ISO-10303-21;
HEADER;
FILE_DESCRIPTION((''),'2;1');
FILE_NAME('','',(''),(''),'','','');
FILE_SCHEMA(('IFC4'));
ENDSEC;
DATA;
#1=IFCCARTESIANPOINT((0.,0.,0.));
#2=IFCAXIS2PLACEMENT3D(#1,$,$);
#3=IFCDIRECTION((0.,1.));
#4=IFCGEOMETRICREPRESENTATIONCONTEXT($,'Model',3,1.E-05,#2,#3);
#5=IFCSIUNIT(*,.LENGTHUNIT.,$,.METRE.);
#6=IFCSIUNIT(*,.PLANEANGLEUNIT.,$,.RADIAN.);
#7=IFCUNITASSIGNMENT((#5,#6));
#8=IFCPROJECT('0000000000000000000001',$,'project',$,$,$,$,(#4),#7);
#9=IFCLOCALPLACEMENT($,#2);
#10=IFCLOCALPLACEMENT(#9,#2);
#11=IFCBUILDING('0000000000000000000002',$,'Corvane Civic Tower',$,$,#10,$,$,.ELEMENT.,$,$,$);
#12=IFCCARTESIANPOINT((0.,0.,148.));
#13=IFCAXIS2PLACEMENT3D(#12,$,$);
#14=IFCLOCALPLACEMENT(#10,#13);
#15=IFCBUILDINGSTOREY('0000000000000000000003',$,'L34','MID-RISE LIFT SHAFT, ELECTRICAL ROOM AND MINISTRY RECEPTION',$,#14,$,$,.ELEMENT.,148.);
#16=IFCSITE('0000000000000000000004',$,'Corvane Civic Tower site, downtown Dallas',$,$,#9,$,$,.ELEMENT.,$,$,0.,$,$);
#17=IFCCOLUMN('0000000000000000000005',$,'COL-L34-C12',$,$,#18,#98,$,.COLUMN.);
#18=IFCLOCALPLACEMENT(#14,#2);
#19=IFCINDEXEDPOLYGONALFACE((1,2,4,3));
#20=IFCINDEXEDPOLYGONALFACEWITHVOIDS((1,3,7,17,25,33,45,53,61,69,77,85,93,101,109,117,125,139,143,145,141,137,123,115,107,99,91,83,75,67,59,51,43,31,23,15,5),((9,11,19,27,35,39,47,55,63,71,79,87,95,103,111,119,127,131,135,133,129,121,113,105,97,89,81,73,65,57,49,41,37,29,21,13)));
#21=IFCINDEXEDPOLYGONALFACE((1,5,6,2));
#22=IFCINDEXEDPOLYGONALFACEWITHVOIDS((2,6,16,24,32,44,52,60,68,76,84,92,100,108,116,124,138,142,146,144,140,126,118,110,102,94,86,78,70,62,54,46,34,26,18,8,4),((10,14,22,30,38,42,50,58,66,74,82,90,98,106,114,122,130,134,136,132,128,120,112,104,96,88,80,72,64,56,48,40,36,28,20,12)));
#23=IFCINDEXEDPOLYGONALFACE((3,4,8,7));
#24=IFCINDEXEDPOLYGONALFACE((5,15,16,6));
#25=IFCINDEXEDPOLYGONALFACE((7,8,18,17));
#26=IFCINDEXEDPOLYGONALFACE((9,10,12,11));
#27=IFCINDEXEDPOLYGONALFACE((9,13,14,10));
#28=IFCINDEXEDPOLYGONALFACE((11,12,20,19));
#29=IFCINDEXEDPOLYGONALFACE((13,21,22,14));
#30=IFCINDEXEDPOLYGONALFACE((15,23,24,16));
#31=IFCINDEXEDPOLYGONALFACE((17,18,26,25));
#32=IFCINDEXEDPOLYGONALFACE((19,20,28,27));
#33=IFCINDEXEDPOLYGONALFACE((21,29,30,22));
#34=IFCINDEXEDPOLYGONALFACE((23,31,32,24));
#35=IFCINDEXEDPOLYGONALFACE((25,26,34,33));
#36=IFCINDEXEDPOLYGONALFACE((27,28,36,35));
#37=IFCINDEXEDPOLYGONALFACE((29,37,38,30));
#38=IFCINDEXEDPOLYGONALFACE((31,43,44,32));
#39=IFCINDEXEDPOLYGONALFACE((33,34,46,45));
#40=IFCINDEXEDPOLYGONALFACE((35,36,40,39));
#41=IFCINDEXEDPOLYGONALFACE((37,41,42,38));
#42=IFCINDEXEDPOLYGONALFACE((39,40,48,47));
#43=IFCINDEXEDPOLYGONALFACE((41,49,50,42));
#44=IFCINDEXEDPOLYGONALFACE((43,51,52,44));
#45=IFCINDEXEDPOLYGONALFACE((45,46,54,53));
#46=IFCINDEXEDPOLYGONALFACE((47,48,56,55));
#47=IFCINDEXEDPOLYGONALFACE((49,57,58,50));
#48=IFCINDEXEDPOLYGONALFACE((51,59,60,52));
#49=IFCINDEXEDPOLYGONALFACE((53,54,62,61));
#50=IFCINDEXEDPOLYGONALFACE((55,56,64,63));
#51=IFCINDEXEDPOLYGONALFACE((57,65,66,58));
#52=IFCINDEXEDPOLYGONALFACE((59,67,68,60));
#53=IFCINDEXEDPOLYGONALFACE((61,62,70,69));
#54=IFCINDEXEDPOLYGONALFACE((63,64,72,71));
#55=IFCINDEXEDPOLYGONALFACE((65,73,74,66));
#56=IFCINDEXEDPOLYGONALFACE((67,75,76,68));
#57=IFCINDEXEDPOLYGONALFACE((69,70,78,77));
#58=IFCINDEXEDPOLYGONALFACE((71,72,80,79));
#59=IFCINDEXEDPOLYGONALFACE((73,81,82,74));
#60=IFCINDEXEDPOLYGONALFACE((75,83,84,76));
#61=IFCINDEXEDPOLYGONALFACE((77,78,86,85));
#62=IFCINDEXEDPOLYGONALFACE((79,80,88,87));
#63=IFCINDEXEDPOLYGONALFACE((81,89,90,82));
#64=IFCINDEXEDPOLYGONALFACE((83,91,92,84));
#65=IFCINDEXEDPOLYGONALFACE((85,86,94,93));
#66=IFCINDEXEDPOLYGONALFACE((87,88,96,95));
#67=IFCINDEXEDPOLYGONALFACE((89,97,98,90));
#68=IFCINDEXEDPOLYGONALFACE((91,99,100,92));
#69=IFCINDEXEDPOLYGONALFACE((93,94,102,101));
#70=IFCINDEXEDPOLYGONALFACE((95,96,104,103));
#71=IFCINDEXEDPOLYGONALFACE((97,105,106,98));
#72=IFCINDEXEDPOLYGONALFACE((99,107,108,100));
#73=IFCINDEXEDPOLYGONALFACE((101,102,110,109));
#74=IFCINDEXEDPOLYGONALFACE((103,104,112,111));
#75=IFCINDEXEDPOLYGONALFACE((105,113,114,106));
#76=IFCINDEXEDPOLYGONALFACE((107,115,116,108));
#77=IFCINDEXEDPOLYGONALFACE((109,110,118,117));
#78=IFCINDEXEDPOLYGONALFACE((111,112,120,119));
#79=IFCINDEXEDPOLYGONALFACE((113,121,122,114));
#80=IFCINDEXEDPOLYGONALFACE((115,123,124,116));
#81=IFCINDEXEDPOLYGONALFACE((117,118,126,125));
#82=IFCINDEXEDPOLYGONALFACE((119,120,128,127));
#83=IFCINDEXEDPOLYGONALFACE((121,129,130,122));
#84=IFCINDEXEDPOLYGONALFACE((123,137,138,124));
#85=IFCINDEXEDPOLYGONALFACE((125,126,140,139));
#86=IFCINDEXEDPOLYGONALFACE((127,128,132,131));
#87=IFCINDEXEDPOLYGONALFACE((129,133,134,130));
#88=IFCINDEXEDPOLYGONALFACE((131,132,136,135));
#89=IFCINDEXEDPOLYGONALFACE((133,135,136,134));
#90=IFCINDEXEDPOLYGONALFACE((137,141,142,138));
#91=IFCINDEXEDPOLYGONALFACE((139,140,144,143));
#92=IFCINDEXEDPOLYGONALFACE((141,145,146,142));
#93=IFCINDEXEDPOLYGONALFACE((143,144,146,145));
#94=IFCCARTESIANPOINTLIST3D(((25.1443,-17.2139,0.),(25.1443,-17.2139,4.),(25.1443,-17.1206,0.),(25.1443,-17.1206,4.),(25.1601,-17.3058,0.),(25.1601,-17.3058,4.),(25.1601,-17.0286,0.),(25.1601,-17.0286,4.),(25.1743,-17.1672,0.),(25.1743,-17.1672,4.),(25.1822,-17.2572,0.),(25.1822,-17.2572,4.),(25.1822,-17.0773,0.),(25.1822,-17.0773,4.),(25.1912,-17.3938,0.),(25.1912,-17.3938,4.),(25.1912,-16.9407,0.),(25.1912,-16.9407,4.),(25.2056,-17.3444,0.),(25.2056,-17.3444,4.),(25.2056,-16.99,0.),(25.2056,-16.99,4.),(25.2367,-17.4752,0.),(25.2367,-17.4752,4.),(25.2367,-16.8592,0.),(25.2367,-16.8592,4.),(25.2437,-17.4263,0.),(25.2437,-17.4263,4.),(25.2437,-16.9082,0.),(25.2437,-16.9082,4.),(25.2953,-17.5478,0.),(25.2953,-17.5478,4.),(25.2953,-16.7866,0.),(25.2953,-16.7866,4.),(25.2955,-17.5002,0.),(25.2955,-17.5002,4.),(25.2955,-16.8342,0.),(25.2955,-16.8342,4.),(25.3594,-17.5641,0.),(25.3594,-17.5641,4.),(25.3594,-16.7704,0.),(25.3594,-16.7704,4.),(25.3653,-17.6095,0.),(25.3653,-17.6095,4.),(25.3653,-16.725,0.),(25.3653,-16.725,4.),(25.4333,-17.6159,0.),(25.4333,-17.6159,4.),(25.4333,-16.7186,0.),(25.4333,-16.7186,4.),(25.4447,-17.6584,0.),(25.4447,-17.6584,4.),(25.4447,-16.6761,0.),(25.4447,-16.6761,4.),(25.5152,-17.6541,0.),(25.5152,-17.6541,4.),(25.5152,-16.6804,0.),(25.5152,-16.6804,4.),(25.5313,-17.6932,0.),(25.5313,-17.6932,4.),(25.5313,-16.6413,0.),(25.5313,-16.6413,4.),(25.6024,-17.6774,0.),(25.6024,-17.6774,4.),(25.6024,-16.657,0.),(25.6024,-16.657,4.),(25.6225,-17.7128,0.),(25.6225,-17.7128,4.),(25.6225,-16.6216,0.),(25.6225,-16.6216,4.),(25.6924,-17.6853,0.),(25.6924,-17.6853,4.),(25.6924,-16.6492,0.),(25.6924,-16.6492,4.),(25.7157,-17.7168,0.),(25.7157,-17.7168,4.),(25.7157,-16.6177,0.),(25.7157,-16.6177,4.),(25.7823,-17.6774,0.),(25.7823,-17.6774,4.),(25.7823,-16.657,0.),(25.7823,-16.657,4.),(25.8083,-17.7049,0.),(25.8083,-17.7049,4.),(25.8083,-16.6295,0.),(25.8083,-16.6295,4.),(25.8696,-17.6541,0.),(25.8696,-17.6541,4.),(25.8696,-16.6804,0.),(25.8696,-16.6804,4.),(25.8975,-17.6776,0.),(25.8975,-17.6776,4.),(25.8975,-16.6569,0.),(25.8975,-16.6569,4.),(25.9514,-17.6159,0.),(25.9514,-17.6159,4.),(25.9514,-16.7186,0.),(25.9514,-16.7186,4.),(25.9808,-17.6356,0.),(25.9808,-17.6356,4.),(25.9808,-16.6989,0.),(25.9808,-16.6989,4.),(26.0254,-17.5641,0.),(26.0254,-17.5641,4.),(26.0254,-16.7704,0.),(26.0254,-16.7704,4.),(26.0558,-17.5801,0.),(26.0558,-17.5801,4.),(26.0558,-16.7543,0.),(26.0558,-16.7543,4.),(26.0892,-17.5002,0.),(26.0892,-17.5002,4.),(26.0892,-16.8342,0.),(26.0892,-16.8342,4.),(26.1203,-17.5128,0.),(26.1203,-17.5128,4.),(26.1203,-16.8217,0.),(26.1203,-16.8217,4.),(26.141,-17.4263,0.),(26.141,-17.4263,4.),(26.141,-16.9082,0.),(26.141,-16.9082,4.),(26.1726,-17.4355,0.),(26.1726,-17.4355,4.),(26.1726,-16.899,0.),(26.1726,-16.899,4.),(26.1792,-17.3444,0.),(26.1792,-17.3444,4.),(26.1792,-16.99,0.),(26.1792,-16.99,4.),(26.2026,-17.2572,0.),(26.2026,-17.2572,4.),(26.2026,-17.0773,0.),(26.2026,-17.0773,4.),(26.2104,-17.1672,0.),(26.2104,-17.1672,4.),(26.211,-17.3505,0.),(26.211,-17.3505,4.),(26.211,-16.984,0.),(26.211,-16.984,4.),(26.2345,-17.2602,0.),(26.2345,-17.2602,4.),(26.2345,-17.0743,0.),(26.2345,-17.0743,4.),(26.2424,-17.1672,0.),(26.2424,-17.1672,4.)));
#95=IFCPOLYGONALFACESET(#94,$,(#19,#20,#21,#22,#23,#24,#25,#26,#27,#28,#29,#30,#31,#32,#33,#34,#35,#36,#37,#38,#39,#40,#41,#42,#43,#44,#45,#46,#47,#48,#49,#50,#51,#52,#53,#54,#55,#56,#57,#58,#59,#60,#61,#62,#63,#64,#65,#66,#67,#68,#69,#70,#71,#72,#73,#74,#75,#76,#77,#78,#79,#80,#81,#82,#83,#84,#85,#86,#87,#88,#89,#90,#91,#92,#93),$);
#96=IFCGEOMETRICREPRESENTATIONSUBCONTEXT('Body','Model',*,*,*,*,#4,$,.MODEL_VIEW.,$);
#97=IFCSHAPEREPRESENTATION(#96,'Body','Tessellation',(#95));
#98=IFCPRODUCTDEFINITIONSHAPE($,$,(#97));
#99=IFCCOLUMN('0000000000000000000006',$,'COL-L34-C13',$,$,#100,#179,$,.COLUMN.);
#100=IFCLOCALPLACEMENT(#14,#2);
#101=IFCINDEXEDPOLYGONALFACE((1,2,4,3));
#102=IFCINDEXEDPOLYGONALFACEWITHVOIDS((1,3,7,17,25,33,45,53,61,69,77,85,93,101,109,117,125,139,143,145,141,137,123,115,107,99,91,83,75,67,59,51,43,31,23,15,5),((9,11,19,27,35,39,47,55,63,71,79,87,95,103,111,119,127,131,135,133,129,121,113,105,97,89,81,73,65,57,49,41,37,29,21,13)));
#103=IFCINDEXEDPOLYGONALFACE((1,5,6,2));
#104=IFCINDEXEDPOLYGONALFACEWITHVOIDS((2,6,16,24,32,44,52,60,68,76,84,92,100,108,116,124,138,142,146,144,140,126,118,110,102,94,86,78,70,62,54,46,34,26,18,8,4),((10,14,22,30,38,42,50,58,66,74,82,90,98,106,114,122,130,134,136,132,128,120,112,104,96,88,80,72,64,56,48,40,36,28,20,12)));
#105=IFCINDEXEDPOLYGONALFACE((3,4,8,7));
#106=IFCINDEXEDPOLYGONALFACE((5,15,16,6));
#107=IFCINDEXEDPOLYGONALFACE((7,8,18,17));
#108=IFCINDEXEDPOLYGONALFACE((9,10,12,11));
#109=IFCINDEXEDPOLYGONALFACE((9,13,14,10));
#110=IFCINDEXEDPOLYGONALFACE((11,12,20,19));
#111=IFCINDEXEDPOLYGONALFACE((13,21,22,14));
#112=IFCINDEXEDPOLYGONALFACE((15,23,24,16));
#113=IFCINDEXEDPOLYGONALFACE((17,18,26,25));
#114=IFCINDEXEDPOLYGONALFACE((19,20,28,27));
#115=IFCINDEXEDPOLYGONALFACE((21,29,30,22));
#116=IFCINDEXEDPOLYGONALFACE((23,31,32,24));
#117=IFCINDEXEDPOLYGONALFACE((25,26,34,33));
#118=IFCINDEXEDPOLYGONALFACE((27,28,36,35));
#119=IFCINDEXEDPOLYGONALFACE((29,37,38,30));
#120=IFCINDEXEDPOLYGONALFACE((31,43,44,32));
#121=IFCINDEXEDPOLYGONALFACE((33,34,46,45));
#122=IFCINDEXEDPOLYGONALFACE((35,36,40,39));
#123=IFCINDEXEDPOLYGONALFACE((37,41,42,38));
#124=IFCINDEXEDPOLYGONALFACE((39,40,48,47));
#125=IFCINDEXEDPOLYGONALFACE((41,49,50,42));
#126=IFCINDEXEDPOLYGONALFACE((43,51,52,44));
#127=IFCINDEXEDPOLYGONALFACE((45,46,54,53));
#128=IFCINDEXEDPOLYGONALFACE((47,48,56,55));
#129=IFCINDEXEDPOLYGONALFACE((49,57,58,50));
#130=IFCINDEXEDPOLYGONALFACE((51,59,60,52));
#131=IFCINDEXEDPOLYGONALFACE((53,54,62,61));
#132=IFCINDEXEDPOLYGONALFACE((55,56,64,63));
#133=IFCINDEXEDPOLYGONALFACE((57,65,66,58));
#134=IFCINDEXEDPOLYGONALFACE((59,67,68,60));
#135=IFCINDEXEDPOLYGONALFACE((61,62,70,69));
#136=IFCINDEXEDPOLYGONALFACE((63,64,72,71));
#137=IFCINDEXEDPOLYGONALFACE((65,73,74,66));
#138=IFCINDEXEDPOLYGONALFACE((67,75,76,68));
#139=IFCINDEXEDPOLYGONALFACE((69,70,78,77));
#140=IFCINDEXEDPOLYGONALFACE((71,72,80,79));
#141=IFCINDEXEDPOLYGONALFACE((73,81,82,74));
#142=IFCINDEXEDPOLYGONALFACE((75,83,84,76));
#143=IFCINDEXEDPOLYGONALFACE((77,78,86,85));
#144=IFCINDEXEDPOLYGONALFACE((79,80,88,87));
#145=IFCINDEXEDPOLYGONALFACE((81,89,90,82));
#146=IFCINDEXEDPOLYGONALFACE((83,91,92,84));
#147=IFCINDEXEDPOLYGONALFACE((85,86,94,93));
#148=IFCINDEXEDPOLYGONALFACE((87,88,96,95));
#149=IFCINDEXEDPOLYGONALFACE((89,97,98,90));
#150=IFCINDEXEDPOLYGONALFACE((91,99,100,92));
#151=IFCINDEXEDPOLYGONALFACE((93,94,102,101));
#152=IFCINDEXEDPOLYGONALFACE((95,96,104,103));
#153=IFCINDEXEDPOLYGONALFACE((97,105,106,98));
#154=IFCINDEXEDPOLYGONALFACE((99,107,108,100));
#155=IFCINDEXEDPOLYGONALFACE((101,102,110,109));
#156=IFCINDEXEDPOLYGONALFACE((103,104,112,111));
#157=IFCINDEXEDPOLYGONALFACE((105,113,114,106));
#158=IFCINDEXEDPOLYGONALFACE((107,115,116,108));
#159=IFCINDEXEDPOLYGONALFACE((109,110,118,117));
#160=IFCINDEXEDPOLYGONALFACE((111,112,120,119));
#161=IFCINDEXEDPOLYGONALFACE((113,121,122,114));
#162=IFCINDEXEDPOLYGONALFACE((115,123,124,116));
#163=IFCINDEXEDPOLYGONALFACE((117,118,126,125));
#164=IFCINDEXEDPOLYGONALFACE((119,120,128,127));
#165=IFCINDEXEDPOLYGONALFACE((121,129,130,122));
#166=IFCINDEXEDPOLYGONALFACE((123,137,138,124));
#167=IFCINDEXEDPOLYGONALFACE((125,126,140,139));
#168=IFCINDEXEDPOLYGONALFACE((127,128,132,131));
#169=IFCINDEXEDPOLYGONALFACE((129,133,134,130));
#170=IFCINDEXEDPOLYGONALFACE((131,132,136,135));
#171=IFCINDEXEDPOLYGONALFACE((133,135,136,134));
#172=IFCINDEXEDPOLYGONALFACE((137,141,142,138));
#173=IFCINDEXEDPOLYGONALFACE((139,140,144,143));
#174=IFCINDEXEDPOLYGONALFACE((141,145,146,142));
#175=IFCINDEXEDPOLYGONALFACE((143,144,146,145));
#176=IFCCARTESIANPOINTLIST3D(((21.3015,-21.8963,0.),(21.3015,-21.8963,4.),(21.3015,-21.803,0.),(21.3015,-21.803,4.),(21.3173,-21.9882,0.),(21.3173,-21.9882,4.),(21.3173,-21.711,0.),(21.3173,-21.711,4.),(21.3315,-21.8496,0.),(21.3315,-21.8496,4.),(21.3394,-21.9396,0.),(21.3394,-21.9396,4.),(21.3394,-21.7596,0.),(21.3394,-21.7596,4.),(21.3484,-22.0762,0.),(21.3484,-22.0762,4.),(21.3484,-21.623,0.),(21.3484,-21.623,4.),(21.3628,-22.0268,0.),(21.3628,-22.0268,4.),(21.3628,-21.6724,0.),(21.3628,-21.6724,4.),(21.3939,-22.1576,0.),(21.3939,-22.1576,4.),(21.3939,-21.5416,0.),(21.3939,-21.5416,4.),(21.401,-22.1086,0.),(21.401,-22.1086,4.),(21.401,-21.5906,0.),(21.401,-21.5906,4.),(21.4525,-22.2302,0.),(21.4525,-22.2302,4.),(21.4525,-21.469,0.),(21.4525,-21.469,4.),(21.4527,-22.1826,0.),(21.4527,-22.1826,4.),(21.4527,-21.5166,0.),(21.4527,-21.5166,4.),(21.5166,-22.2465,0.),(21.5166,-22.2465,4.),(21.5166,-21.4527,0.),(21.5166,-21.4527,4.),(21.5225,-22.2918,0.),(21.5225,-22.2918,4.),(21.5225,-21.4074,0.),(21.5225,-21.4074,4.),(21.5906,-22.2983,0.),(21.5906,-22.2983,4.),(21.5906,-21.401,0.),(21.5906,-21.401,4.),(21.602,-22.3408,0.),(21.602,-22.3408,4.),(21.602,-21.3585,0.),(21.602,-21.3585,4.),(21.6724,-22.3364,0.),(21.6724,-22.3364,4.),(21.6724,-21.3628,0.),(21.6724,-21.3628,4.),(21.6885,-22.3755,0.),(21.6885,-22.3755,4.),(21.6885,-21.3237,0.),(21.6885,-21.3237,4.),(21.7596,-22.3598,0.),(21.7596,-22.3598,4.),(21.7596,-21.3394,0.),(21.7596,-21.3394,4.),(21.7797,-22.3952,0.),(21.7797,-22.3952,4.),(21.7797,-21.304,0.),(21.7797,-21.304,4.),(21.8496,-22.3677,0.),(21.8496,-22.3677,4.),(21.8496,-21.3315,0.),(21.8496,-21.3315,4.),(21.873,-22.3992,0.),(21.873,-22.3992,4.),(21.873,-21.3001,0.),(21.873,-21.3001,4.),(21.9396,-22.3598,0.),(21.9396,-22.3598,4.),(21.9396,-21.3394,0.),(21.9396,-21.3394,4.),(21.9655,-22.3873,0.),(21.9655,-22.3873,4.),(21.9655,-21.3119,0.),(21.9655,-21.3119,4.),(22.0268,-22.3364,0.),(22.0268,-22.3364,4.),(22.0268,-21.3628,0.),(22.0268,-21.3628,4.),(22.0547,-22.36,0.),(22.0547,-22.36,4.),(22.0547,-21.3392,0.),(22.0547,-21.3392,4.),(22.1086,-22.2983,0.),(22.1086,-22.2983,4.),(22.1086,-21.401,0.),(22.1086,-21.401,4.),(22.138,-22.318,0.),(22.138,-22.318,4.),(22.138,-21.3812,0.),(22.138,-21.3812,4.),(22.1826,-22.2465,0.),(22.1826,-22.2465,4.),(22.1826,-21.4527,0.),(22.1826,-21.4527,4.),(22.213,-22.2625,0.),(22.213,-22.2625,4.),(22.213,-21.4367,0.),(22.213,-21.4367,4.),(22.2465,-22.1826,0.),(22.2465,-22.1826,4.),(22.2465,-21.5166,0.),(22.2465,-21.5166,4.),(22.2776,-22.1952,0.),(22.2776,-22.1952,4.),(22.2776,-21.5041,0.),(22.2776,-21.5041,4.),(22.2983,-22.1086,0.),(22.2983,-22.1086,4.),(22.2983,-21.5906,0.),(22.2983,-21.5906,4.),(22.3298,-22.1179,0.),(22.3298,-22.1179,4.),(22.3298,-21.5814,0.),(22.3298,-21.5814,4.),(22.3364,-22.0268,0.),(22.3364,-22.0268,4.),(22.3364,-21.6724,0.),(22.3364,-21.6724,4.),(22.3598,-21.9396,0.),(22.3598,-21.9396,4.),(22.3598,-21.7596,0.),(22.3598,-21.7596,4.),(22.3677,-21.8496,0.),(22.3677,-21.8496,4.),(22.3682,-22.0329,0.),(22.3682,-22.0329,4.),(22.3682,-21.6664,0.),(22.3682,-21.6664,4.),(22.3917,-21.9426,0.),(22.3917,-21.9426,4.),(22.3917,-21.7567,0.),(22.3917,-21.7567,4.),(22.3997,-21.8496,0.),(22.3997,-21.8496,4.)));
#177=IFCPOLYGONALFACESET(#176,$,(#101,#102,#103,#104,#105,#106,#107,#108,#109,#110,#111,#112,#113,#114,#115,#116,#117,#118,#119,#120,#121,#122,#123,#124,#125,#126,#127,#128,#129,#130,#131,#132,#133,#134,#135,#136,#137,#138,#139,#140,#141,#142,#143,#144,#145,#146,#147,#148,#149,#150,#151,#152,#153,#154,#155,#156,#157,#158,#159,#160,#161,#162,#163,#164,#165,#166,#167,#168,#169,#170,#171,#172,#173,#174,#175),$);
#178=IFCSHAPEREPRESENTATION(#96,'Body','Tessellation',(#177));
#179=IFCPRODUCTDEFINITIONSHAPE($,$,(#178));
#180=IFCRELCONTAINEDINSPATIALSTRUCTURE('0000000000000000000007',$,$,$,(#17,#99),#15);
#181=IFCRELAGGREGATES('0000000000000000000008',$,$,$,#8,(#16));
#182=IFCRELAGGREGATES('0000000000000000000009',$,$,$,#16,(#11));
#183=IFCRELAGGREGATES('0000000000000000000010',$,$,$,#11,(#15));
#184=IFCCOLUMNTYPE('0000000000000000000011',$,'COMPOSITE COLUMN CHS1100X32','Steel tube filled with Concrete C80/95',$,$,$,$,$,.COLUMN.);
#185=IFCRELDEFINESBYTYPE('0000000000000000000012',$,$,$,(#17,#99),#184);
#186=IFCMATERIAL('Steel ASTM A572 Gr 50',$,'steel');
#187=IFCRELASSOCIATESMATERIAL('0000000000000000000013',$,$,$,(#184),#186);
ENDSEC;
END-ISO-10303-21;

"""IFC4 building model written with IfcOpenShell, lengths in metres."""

from ifc_helpers import new_model, si_unit, direction, frame, origin, origin_2d, place, context, subcontext, project, spatial, hollow_circle, extrude, material, material_profile, profile_set, type_object, element, save


model = new_model("IFC4")

# Units and contexts
model_context = context("Model", 3, precision=1e-05, world=origin(), true_north=direction((0.0, 1.0)))
body_context = subcontext(model_context, "Body", "Model", "MODEL_VIEW")
ifc_project = project(units=[si_unit("LENGTHUNIT", "METRE"), si_unit("PLANEANGLEUNIT", "RADIAN")], contexts=[model_context])

# Site, building, storey
site_placement = place(None, origin())
site = spatial("IfcSite", under=ifc_project, at=site_placement, Name="Corvane Civic Tower site, downtown Dallas", CompositionType="ELEMENT", RefElevation=0.0)
building_placement = place(site_placement, origin())
building = spatial("IfcBuilding", under=site, at=building_placement, Name="Corvane Civic Tower", CompositionType="ELEMENT")
storey_placement = place(building_placement, frame((0.0, 0.0, 148.0)))
storey = spatial("IfcBuildingStorey", under=building, at=storey_placement, Name="L34", Description="MID-RISE LIFT SHAFT, ELECTRICAL ROOM AND MINISTRY RECEPTION", CompositionType="ELEMENT", Elevation=148.0)

# Columns
ifc_material_1 = material(Name="Steel ASTM A572 Gr 50", Category="steel")
ifc_material_profile_1 = material_profile(ifc_material_1, hollow_circle(Radius=0.55, WallThickness=0.032, at=origin_2d()), Name="CHS1100X32")
ifc_profile_set_1 = profile_set([ifc_material_profile_1], Name="Steel ASTM A572 Gr 50")
column_type = type_object("IfcColumnType", Name="COMPOSITE COLUMN CHS1100X32", Description="Steel tube filled with Concrete C80/95", PredefinedType="COLUMN", material=ifc_profile_set_1)
for number, where, z_axis, x_axis, name in (
    (1, (25.6924, -17.1672, 0.0), (0.0, 0.0, 1.0), (1.0, 0.0, 0.0), "COL-L34-C12"),
    (2, (21.8496, -21.8496, 0.0), (0.0, 0.0, 1.0), (1.0, 0.0, 0.0), "COL-L34-C13"),
):
    element("IfcColumn", number, at=place(storey_placement, frame(where, z_axis=z_axis, x_axis=x_axis)), inside=storey, type_object=column_type, Name=name, PredefinedType="COLUMN", context=body_context, shape_type="SweptSolid", body=[
        extrude(hollow_circle(Radius=0.55, WallThickness=0.032, at=origin_2d()), origin(), (0.0, 0.0, 1.0), 4.0),
    ])

save(model, "model.ifc")
